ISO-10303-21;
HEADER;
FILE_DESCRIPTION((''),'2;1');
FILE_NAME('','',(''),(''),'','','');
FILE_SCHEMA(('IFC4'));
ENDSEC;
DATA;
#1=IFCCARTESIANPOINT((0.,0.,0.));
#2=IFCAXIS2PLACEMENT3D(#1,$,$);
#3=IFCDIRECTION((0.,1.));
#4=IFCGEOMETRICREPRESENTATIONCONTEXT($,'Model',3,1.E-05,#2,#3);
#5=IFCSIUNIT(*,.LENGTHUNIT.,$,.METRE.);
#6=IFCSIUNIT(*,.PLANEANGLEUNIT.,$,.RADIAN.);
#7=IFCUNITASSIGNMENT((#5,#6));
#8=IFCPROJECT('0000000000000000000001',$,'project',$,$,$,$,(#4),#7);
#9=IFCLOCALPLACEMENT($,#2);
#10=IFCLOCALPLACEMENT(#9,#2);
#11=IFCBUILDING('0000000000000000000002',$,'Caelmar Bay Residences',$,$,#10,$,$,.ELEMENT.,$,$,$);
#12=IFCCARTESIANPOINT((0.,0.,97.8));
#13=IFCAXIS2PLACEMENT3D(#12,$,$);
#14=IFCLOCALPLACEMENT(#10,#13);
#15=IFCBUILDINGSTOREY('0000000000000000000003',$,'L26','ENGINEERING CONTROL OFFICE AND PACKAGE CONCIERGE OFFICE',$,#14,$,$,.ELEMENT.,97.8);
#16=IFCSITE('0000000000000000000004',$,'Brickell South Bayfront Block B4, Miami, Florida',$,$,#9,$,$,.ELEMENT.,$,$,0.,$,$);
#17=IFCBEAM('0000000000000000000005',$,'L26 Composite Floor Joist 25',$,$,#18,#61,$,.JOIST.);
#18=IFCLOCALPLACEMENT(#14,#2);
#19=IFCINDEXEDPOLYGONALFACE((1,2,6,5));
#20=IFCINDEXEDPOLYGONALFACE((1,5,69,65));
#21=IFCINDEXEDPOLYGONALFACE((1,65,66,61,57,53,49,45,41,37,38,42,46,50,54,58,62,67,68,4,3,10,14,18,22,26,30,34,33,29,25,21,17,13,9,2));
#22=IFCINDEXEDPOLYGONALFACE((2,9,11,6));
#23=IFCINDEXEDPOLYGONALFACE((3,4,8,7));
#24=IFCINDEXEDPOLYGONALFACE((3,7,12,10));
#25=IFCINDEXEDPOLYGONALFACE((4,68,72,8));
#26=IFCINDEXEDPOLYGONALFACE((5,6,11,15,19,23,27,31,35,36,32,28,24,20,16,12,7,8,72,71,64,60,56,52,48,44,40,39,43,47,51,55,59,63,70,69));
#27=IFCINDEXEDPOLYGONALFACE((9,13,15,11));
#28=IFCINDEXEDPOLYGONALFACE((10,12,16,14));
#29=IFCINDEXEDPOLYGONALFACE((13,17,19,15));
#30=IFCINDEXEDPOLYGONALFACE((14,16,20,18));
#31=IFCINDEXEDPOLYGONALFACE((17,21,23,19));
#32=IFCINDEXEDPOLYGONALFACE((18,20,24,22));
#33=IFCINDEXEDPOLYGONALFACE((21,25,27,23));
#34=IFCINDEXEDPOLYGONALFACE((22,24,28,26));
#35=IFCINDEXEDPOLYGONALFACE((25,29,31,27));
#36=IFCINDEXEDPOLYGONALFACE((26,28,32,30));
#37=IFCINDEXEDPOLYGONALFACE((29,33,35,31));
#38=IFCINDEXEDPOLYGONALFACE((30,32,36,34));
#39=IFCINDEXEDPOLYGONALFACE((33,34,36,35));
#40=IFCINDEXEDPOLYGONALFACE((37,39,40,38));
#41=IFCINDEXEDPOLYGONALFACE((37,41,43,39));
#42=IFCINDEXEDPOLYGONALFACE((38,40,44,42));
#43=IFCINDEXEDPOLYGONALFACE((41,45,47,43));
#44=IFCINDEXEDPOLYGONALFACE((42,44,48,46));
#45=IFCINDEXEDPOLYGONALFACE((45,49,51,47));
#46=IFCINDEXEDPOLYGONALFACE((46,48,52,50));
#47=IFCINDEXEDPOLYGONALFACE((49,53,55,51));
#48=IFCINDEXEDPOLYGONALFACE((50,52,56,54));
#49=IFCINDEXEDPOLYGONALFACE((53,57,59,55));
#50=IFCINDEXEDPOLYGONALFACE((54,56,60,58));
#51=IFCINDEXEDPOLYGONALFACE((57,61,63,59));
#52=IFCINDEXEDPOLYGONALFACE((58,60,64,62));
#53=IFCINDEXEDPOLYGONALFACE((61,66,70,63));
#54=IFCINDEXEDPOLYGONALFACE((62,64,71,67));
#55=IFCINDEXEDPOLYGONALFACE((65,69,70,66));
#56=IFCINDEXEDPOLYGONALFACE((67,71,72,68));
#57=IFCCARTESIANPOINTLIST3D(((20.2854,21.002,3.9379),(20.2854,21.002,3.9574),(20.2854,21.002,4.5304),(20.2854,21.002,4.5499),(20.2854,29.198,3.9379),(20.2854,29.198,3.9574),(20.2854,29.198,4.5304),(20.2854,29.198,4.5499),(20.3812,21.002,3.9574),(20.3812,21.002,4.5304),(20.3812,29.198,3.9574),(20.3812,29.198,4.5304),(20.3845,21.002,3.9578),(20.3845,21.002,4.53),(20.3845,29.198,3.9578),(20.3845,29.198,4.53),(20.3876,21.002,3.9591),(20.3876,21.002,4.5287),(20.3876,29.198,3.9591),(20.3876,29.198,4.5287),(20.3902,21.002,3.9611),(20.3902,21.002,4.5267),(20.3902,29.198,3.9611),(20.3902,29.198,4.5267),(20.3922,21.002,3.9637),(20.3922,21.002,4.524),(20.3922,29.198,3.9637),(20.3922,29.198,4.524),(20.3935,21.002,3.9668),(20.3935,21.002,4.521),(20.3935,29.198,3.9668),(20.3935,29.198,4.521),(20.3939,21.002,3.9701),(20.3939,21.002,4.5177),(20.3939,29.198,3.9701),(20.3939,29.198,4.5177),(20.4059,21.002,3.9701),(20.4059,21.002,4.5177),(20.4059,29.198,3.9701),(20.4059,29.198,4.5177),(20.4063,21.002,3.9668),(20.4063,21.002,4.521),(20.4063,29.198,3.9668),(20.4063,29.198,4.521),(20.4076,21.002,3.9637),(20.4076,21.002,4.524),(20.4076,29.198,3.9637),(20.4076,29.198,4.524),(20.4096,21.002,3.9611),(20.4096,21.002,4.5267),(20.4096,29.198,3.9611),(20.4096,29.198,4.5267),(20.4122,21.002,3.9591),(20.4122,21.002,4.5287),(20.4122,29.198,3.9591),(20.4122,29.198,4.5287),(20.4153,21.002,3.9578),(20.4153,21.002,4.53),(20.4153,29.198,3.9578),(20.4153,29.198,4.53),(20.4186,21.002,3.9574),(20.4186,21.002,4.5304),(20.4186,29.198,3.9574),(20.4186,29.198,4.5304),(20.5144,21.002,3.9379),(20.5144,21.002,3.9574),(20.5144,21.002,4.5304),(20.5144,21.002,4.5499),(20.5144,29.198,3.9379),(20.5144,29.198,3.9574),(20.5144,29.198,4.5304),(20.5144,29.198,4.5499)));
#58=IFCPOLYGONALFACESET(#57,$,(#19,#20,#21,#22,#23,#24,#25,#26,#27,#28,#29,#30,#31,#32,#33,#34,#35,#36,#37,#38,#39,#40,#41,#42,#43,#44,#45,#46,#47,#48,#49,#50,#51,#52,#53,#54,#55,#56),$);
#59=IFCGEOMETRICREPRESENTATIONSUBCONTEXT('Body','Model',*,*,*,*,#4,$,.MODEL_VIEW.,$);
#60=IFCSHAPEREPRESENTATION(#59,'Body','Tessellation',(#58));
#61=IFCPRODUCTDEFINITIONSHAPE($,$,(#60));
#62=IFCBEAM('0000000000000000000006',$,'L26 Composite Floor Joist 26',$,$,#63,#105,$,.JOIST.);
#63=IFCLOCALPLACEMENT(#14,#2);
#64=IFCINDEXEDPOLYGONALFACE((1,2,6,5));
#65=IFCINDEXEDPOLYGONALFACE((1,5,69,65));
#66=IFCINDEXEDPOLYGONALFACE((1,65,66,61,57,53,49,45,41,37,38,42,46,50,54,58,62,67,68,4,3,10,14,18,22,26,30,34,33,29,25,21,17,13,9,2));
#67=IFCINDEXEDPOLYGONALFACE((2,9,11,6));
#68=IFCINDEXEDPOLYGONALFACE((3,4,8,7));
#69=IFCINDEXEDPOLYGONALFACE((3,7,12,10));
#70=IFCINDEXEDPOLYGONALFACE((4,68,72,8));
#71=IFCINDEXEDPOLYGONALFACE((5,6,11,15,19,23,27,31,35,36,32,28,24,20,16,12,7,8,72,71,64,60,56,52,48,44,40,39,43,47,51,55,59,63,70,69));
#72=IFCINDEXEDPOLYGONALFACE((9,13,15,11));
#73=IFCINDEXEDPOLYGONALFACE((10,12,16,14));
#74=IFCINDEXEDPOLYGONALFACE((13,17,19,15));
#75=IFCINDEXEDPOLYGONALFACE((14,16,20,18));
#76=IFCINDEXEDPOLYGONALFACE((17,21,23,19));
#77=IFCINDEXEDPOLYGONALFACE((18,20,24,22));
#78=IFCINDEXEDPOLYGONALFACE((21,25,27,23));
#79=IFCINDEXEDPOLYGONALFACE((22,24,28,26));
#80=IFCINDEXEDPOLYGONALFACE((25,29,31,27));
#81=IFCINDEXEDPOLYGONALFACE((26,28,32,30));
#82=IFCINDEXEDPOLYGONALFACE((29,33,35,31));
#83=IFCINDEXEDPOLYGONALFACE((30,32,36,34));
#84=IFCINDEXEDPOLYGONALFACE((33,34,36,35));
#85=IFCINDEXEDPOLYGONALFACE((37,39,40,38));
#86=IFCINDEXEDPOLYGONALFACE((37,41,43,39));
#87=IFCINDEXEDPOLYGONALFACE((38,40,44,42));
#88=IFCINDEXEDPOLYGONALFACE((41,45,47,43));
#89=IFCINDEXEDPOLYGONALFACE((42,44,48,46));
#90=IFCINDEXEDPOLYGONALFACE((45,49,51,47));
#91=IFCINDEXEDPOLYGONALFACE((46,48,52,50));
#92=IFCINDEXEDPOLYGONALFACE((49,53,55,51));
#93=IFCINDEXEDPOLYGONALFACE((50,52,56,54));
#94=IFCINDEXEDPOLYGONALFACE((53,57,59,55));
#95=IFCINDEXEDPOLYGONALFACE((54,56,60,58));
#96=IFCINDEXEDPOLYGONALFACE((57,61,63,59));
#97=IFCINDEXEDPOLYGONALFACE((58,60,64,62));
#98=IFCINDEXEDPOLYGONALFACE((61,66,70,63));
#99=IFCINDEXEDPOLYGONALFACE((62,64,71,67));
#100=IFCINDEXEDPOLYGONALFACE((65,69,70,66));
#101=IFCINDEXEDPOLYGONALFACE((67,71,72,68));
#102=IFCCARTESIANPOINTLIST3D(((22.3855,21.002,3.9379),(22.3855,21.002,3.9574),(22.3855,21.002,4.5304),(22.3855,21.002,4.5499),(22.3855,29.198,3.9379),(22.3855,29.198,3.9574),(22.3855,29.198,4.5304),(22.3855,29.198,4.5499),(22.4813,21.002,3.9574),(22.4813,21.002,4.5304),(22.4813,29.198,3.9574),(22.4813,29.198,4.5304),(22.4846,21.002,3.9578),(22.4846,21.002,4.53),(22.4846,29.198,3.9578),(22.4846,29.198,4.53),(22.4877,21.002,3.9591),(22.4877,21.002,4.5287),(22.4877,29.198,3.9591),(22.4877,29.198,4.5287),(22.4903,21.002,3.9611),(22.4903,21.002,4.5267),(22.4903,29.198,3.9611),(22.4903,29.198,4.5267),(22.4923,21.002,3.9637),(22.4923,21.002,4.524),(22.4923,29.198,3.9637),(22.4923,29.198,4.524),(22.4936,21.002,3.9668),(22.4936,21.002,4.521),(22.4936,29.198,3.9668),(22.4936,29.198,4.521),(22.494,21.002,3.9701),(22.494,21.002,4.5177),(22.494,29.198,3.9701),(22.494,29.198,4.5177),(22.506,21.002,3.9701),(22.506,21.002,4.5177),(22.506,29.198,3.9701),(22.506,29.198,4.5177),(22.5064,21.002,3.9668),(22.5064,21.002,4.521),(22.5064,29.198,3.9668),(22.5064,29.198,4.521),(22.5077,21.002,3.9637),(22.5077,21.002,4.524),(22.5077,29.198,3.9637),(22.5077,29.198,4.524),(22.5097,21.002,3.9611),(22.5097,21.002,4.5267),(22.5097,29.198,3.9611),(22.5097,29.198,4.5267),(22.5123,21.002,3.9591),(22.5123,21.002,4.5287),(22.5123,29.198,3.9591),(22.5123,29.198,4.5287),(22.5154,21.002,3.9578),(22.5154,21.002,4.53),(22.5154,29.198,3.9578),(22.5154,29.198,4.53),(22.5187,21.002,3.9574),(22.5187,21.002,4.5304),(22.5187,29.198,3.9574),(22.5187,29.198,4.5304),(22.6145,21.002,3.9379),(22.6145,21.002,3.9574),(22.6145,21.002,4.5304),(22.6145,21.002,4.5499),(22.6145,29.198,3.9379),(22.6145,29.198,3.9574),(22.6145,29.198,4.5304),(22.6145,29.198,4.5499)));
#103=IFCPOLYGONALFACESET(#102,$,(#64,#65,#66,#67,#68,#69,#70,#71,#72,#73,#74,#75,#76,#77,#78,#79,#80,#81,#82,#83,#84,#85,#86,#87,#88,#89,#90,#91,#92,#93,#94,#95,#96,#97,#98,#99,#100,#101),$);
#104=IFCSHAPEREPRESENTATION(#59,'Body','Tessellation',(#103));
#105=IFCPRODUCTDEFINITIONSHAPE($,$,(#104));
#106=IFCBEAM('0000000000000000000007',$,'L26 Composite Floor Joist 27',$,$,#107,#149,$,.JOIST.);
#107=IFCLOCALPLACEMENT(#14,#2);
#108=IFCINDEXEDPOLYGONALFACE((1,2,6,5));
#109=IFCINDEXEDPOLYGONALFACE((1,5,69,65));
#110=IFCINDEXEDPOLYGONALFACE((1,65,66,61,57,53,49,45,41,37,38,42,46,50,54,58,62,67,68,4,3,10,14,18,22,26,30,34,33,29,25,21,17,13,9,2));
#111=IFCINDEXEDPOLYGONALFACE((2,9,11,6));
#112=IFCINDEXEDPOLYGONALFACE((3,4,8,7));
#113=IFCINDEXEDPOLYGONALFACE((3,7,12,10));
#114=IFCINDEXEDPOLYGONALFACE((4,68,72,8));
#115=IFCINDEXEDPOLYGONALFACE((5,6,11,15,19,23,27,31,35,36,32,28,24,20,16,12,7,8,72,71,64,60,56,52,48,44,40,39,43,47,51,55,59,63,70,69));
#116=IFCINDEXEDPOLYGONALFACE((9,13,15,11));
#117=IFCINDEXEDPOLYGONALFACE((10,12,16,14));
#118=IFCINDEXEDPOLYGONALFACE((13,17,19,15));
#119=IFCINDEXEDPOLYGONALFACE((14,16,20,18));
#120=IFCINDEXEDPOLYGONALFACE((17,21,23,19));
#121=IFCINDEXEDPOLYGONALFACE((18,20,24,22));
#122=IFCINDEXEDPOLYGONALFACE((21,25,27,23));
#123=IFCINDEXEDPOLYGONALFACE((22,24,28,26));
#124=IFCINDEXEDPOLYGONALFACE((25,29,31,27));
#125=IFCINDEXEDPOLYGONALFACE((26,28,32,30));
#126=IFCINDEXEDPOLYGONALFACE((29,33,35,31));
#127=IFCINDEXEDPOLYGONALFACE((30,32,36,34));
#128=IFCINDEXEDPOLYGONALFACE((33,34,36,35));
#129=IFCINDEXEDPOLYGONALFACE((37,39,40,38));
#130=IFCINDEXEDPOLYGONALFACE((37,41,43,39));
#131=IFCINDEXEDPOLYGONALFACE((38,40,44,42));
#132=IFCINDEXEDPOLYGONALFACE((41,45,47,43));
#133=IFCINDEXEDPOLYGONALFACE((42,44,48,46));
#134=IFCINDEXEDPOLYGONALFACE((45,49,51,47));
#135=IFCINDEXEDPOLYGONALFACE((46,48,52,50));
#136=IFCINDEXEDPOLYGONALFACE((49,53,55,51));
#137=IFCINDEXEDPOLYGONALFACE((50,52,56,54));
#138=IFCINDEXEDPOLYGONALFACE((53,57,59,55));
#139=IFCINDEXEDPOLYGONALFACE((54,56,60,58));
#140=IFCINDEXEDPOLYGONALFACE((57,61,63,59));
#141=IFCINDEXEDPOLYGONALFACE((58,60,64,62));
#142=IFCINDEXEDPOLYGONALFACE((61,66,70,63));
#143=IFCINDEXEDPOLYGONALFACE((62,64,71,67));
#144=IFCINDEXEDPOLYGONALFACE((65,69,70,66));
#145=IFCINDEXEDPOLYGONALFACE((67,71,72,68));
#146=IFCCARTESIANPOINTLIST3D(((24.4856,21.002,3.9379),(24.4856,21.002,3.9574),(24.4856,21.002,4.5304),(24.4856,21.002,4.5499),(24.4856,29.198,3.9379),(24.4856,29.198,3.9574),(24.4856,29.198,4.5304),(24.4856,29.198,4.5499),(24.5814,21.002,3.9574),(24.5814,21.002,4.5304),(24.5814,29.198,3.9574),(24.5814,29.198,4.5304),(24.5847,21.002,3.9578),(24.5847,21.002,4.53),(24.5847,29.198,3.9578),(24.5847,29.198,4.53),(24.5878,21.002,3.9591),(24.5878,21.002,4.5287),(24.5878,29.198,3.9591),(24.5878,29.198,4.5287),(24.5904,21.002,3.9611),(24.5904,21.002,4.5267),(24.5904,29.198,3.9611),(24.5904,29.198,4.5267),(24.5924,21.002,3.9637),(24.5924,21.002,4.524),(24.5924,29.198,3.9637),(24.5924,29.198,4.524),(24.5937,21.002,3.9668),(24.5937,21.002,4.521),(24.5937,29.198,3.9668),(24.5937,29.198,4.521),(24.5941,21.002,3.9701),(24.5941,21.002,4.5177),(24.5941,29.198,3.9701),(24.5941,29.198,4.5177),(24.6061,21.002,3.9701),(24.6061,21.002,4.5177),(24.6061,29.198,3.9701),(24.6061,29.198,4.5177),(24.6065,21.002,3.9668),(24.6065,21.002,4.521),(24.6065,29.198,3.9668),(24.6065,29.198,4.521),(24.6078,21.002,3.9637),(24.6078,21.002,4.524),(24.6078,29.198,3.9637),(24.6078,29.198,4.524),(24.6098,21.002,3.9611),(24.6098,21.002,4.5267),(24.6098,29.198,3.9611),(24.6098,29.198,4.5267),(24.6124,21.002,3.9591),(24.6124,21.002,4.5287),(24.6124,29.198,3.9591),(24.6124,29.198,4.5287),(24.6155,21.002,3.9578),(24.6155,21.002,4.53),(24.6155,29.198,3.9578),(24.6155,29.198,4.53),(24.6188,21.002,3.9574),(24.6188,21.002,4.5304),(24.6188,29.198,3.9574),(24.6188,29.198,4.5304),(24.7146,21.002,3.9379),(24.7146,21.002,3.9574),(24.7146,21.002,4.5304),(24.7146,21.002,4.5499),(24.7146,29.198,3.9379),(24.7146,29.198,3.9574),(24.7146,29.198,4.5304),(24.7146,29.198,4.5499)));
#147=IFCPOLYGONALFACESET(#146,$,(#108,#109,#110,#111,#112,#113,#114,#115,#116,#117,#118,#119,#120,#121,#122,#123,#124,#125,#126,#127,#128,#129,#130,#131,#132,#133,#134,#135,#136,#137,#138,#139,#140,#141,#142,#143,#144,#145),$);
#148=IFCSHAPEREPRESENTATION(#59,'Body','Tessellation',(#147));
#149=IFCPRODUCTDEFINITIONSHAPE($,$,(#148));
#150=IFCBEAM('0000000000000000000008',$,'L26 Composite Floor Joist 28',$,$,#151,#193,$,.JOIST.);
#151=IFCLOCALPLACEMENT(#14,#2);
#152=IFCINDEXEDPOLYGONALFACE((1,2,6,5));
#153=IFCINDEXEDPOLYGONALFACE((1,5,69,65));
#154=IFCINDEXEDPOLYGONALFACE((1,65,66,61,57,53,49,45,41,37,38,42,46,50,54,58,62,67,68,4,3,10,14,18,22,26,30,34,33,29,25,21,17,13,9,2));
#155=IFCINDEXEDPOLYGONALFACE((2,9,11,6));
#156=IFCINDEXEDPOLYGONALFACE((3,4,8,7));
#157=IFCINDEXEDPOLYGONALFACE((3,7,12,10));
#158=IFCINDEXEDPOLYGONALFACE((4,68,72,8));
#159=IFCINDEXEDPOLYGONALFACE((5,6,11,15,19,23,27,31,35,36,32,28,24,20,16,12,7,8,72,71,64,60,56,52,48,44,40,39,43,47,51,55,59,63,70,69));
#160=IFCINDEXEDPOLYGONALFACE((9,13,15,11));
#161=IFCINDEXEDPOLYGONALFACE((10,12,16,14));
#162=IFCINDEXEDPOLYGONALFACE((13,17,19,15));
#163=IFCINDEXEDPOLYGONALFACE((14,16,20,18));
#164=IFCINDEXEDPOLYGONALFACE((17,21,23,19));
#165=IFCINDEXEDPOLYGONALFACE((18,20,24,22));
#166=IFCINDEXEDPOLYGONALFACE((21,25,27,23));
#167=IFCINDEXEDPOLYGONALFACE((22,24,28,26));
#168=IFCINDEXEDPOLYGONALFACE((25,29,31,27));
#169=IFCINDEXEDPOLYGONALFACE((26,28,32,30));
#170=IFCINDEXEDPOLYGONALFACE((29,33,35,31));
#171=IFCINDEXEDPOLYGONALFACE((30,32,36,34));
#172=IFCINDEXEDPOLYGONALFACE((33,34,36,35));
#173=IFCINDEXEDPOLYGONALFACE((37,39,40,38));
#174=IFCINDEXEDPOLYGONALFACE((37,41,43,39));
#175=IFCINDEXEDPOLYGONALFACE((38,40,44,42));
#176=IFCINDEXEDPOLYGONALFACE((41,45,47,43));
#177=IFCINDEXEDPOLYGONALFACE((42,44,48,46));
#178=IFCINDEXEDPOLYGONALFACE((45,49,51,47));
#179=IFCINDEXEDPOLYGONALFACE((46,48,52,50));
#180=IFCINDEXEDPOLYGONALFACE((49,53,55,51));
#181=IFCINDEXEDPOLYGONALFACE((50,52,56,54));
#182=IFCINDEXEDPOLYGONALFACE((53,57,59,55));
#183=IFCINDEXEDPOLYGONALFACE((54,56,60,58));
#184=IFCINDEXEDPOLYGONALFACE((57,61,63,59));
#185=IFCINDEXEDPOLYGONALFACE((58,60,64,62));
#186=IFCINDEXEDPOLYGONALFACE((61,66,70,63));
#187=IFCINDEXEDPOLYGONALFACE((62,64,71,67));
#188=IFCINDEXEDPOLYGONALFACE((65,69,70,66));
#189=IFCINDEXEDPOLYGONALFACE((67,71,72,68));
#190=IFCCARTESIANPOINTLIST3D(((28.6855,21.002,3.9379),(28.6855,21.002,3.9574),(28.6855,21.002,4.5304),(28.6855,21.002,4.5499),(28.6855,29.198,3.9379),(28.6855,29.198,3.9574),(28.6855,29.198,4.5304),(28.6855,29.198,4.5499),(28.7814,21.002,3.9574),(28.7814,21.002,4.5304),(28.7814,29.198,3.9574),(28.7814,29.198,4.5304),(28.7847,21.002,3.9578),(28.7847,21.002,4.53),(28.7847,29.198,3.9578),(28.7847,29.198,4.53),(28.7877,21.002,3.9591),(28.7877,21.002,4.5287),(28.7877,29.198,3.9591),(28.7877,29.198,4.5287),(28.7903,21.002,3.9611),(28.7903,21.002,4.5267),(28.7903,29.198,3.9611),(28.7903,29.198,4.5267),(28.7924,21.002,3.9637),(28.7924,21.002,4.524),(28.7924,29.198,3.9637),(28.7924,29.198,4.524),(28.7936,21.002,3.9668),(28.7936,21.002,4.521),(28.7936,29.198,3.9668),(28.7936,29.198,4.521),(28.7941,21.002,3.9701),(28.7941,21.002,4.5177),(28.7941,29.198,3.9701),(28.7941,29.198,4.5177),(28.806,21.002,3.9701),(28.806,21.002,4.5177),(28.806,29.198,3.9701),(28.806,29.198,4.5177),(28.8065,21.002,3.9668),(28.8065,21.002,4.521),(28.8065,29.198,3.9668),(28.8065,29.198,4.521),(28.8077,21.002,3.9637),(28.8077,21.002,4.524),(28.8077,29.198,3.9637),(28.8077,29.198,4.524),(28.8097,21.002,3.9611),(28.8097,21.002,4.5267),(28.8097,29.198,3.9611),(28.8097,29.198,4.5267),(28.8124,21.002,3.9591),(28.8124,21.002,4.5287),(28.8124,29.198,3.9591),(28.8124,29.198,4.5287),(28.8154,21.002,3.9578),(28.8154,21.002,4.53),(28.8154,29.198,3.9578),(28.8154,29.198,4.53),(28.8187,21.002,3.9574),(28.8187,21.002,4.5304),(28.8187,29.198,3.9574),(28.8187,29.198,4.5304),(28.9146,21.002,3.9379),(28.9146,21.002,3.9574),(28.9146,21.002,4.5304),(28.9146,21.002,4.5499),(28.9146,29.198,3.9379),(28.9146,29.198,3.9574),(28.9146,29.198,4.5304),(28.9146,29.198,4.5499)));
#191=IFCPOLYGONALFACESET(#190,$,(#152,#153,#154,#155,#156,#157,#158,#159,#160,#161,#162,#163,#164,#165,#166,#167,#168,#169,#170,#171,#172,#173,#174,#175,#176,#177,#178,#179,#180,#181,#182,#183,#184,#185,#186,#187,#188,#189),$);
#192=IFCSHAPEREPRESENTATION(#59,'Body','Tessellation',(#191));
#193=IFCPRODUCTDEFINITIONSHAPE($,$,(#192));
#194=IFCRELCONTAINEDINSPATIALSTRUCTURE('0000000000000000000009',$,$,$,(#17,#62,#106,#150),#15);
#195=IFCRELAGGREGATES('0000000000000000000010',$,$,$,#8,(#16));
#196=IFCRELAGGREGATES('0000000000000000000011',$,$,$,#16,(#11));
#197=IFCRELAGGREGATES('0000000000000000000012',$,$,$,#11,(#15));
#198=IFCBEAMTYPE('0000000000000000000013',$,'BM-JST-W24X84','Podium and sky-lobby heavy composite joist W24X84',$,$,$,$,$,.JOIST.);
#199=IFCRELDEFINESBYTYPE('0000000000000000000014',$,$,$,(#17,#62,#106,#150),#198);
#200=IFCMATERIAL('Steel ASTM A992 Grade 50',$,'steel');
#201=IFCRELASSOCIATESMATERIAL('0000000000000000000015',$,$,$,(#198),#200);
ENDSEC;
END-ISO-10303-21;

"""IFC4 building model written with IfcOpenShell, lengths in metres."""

from ifc_helpers import new_model, si_unit, direction, frame, origin, origin_2d, place, context, subcontext, project, spatial, i_section, extrude, material, material_profile, profile_set, type_object, element, save


model = new_model("IFC4")

# Units and contexts
model_context = context("Model", 3, precision=1e-05, world=origin(), true_north=direction((0.0, 1.0)))
body_context = subcontext(model_context, "Body", "Model", "MODEL_VIEW")
ifc_project = project(units=[si_unit("LENGTHUNIT", "METRE"), si_unit("PLANEANGLEUNIT", "RADIAN")], contexts=[model_context])

# Site, building, storey
site_placement = place(None, origin())
site = spatial("IfcSite", under=ifc_project, at=site_placement, Name="Brickell South Bayfront Block B4, Miami, Florida", CompositionType="ELEMENT", RefElevation=0.0)
building_placement = place(site_placement, origin())
building = spatial("IfcBuilding", under=site, at=building_placement, Name="Caelmar Bay Residences", CompositionType="ELEMENT")
storey_placement = place(building_placement, frame((0.0, 0.0, 97.8)))
storey = spatial("IfcBuildingStorey", under=building, at=storey_placement, Name="L26", Description="ENGINEERING CONTROL OFFICE AND PACKAGE CONCIERGE OFFICE", CompositionType="ELEMENT", Elevation=97.8)

# Beams
ifc_material_1 = material(Name="Steel ASTM A992 Grade 50", Category="steel")
ifc_material_profile_1 = material_profile(ifc_material_1, i_section(OverallWidth=0.229, OverallDepth=0.6121, WebThickness=0.012, FlangeThickness=0.0195, FilletRadius=0.0127, at=origin_2d()), Name="W24X84")
ifc_profile_set_1 = profile_set([ifc_material_profile_1], Name="Steel ASTM A992 Grade 50")
beam_type_1 = type_object("IfcBeamType", Name="BM-JST-W24X84", Description="Podium and sky-lobby heavy composite joist W24X84", PredefinedType="JOIST", material=ifc_profile_set_1)
for number, where, z_axis, x_axis, name in (
    (1, (20.3999, 21.002, 4.2439), (0.0, 1.0, 0.0), (-1.0, 0.0, 0.0), "L26 Composite Floor Joist 25"),
    (2, (22.5, 21.002, 4.2439), (0.0, 1.0, 0.0), (-1.0, 0.0, 0.0), "L26 Composite Floor Joist 26"),
    (3, (24.6001, 21.002, 4.2439), (0.0, 1.0, 0.0), (-1.0, 0.0, 0.0), "L26 Composite Floor Joist 27"),
    (4, (28.8, 21.002, 4.2439), (0.0, 1.0, 0.0), (-1.0, 0.0, 0.0), "L26 Composite Floor Joist 28"),
):
    element("IfcBeam", number, at=place(storey_placement, frame(where, z_axis=z_axis, x_axis=x_axis)), inside=storey, type_object=beam_type_1, Name=name, PredefinedType="JOIST", context=body_context, shape_type="SweptSolid", body=[
        extrude(i_section(OverallWidth=0.229, OverallDepth=0.6121, WebThickness=0.012, FlangeThickness=0.0195, FilletRadius=0.0127, at=origin_2d()), origin(), (0.0, 0.0, 1.0), 8.196),
    ])

save(model, "model.ifc")
